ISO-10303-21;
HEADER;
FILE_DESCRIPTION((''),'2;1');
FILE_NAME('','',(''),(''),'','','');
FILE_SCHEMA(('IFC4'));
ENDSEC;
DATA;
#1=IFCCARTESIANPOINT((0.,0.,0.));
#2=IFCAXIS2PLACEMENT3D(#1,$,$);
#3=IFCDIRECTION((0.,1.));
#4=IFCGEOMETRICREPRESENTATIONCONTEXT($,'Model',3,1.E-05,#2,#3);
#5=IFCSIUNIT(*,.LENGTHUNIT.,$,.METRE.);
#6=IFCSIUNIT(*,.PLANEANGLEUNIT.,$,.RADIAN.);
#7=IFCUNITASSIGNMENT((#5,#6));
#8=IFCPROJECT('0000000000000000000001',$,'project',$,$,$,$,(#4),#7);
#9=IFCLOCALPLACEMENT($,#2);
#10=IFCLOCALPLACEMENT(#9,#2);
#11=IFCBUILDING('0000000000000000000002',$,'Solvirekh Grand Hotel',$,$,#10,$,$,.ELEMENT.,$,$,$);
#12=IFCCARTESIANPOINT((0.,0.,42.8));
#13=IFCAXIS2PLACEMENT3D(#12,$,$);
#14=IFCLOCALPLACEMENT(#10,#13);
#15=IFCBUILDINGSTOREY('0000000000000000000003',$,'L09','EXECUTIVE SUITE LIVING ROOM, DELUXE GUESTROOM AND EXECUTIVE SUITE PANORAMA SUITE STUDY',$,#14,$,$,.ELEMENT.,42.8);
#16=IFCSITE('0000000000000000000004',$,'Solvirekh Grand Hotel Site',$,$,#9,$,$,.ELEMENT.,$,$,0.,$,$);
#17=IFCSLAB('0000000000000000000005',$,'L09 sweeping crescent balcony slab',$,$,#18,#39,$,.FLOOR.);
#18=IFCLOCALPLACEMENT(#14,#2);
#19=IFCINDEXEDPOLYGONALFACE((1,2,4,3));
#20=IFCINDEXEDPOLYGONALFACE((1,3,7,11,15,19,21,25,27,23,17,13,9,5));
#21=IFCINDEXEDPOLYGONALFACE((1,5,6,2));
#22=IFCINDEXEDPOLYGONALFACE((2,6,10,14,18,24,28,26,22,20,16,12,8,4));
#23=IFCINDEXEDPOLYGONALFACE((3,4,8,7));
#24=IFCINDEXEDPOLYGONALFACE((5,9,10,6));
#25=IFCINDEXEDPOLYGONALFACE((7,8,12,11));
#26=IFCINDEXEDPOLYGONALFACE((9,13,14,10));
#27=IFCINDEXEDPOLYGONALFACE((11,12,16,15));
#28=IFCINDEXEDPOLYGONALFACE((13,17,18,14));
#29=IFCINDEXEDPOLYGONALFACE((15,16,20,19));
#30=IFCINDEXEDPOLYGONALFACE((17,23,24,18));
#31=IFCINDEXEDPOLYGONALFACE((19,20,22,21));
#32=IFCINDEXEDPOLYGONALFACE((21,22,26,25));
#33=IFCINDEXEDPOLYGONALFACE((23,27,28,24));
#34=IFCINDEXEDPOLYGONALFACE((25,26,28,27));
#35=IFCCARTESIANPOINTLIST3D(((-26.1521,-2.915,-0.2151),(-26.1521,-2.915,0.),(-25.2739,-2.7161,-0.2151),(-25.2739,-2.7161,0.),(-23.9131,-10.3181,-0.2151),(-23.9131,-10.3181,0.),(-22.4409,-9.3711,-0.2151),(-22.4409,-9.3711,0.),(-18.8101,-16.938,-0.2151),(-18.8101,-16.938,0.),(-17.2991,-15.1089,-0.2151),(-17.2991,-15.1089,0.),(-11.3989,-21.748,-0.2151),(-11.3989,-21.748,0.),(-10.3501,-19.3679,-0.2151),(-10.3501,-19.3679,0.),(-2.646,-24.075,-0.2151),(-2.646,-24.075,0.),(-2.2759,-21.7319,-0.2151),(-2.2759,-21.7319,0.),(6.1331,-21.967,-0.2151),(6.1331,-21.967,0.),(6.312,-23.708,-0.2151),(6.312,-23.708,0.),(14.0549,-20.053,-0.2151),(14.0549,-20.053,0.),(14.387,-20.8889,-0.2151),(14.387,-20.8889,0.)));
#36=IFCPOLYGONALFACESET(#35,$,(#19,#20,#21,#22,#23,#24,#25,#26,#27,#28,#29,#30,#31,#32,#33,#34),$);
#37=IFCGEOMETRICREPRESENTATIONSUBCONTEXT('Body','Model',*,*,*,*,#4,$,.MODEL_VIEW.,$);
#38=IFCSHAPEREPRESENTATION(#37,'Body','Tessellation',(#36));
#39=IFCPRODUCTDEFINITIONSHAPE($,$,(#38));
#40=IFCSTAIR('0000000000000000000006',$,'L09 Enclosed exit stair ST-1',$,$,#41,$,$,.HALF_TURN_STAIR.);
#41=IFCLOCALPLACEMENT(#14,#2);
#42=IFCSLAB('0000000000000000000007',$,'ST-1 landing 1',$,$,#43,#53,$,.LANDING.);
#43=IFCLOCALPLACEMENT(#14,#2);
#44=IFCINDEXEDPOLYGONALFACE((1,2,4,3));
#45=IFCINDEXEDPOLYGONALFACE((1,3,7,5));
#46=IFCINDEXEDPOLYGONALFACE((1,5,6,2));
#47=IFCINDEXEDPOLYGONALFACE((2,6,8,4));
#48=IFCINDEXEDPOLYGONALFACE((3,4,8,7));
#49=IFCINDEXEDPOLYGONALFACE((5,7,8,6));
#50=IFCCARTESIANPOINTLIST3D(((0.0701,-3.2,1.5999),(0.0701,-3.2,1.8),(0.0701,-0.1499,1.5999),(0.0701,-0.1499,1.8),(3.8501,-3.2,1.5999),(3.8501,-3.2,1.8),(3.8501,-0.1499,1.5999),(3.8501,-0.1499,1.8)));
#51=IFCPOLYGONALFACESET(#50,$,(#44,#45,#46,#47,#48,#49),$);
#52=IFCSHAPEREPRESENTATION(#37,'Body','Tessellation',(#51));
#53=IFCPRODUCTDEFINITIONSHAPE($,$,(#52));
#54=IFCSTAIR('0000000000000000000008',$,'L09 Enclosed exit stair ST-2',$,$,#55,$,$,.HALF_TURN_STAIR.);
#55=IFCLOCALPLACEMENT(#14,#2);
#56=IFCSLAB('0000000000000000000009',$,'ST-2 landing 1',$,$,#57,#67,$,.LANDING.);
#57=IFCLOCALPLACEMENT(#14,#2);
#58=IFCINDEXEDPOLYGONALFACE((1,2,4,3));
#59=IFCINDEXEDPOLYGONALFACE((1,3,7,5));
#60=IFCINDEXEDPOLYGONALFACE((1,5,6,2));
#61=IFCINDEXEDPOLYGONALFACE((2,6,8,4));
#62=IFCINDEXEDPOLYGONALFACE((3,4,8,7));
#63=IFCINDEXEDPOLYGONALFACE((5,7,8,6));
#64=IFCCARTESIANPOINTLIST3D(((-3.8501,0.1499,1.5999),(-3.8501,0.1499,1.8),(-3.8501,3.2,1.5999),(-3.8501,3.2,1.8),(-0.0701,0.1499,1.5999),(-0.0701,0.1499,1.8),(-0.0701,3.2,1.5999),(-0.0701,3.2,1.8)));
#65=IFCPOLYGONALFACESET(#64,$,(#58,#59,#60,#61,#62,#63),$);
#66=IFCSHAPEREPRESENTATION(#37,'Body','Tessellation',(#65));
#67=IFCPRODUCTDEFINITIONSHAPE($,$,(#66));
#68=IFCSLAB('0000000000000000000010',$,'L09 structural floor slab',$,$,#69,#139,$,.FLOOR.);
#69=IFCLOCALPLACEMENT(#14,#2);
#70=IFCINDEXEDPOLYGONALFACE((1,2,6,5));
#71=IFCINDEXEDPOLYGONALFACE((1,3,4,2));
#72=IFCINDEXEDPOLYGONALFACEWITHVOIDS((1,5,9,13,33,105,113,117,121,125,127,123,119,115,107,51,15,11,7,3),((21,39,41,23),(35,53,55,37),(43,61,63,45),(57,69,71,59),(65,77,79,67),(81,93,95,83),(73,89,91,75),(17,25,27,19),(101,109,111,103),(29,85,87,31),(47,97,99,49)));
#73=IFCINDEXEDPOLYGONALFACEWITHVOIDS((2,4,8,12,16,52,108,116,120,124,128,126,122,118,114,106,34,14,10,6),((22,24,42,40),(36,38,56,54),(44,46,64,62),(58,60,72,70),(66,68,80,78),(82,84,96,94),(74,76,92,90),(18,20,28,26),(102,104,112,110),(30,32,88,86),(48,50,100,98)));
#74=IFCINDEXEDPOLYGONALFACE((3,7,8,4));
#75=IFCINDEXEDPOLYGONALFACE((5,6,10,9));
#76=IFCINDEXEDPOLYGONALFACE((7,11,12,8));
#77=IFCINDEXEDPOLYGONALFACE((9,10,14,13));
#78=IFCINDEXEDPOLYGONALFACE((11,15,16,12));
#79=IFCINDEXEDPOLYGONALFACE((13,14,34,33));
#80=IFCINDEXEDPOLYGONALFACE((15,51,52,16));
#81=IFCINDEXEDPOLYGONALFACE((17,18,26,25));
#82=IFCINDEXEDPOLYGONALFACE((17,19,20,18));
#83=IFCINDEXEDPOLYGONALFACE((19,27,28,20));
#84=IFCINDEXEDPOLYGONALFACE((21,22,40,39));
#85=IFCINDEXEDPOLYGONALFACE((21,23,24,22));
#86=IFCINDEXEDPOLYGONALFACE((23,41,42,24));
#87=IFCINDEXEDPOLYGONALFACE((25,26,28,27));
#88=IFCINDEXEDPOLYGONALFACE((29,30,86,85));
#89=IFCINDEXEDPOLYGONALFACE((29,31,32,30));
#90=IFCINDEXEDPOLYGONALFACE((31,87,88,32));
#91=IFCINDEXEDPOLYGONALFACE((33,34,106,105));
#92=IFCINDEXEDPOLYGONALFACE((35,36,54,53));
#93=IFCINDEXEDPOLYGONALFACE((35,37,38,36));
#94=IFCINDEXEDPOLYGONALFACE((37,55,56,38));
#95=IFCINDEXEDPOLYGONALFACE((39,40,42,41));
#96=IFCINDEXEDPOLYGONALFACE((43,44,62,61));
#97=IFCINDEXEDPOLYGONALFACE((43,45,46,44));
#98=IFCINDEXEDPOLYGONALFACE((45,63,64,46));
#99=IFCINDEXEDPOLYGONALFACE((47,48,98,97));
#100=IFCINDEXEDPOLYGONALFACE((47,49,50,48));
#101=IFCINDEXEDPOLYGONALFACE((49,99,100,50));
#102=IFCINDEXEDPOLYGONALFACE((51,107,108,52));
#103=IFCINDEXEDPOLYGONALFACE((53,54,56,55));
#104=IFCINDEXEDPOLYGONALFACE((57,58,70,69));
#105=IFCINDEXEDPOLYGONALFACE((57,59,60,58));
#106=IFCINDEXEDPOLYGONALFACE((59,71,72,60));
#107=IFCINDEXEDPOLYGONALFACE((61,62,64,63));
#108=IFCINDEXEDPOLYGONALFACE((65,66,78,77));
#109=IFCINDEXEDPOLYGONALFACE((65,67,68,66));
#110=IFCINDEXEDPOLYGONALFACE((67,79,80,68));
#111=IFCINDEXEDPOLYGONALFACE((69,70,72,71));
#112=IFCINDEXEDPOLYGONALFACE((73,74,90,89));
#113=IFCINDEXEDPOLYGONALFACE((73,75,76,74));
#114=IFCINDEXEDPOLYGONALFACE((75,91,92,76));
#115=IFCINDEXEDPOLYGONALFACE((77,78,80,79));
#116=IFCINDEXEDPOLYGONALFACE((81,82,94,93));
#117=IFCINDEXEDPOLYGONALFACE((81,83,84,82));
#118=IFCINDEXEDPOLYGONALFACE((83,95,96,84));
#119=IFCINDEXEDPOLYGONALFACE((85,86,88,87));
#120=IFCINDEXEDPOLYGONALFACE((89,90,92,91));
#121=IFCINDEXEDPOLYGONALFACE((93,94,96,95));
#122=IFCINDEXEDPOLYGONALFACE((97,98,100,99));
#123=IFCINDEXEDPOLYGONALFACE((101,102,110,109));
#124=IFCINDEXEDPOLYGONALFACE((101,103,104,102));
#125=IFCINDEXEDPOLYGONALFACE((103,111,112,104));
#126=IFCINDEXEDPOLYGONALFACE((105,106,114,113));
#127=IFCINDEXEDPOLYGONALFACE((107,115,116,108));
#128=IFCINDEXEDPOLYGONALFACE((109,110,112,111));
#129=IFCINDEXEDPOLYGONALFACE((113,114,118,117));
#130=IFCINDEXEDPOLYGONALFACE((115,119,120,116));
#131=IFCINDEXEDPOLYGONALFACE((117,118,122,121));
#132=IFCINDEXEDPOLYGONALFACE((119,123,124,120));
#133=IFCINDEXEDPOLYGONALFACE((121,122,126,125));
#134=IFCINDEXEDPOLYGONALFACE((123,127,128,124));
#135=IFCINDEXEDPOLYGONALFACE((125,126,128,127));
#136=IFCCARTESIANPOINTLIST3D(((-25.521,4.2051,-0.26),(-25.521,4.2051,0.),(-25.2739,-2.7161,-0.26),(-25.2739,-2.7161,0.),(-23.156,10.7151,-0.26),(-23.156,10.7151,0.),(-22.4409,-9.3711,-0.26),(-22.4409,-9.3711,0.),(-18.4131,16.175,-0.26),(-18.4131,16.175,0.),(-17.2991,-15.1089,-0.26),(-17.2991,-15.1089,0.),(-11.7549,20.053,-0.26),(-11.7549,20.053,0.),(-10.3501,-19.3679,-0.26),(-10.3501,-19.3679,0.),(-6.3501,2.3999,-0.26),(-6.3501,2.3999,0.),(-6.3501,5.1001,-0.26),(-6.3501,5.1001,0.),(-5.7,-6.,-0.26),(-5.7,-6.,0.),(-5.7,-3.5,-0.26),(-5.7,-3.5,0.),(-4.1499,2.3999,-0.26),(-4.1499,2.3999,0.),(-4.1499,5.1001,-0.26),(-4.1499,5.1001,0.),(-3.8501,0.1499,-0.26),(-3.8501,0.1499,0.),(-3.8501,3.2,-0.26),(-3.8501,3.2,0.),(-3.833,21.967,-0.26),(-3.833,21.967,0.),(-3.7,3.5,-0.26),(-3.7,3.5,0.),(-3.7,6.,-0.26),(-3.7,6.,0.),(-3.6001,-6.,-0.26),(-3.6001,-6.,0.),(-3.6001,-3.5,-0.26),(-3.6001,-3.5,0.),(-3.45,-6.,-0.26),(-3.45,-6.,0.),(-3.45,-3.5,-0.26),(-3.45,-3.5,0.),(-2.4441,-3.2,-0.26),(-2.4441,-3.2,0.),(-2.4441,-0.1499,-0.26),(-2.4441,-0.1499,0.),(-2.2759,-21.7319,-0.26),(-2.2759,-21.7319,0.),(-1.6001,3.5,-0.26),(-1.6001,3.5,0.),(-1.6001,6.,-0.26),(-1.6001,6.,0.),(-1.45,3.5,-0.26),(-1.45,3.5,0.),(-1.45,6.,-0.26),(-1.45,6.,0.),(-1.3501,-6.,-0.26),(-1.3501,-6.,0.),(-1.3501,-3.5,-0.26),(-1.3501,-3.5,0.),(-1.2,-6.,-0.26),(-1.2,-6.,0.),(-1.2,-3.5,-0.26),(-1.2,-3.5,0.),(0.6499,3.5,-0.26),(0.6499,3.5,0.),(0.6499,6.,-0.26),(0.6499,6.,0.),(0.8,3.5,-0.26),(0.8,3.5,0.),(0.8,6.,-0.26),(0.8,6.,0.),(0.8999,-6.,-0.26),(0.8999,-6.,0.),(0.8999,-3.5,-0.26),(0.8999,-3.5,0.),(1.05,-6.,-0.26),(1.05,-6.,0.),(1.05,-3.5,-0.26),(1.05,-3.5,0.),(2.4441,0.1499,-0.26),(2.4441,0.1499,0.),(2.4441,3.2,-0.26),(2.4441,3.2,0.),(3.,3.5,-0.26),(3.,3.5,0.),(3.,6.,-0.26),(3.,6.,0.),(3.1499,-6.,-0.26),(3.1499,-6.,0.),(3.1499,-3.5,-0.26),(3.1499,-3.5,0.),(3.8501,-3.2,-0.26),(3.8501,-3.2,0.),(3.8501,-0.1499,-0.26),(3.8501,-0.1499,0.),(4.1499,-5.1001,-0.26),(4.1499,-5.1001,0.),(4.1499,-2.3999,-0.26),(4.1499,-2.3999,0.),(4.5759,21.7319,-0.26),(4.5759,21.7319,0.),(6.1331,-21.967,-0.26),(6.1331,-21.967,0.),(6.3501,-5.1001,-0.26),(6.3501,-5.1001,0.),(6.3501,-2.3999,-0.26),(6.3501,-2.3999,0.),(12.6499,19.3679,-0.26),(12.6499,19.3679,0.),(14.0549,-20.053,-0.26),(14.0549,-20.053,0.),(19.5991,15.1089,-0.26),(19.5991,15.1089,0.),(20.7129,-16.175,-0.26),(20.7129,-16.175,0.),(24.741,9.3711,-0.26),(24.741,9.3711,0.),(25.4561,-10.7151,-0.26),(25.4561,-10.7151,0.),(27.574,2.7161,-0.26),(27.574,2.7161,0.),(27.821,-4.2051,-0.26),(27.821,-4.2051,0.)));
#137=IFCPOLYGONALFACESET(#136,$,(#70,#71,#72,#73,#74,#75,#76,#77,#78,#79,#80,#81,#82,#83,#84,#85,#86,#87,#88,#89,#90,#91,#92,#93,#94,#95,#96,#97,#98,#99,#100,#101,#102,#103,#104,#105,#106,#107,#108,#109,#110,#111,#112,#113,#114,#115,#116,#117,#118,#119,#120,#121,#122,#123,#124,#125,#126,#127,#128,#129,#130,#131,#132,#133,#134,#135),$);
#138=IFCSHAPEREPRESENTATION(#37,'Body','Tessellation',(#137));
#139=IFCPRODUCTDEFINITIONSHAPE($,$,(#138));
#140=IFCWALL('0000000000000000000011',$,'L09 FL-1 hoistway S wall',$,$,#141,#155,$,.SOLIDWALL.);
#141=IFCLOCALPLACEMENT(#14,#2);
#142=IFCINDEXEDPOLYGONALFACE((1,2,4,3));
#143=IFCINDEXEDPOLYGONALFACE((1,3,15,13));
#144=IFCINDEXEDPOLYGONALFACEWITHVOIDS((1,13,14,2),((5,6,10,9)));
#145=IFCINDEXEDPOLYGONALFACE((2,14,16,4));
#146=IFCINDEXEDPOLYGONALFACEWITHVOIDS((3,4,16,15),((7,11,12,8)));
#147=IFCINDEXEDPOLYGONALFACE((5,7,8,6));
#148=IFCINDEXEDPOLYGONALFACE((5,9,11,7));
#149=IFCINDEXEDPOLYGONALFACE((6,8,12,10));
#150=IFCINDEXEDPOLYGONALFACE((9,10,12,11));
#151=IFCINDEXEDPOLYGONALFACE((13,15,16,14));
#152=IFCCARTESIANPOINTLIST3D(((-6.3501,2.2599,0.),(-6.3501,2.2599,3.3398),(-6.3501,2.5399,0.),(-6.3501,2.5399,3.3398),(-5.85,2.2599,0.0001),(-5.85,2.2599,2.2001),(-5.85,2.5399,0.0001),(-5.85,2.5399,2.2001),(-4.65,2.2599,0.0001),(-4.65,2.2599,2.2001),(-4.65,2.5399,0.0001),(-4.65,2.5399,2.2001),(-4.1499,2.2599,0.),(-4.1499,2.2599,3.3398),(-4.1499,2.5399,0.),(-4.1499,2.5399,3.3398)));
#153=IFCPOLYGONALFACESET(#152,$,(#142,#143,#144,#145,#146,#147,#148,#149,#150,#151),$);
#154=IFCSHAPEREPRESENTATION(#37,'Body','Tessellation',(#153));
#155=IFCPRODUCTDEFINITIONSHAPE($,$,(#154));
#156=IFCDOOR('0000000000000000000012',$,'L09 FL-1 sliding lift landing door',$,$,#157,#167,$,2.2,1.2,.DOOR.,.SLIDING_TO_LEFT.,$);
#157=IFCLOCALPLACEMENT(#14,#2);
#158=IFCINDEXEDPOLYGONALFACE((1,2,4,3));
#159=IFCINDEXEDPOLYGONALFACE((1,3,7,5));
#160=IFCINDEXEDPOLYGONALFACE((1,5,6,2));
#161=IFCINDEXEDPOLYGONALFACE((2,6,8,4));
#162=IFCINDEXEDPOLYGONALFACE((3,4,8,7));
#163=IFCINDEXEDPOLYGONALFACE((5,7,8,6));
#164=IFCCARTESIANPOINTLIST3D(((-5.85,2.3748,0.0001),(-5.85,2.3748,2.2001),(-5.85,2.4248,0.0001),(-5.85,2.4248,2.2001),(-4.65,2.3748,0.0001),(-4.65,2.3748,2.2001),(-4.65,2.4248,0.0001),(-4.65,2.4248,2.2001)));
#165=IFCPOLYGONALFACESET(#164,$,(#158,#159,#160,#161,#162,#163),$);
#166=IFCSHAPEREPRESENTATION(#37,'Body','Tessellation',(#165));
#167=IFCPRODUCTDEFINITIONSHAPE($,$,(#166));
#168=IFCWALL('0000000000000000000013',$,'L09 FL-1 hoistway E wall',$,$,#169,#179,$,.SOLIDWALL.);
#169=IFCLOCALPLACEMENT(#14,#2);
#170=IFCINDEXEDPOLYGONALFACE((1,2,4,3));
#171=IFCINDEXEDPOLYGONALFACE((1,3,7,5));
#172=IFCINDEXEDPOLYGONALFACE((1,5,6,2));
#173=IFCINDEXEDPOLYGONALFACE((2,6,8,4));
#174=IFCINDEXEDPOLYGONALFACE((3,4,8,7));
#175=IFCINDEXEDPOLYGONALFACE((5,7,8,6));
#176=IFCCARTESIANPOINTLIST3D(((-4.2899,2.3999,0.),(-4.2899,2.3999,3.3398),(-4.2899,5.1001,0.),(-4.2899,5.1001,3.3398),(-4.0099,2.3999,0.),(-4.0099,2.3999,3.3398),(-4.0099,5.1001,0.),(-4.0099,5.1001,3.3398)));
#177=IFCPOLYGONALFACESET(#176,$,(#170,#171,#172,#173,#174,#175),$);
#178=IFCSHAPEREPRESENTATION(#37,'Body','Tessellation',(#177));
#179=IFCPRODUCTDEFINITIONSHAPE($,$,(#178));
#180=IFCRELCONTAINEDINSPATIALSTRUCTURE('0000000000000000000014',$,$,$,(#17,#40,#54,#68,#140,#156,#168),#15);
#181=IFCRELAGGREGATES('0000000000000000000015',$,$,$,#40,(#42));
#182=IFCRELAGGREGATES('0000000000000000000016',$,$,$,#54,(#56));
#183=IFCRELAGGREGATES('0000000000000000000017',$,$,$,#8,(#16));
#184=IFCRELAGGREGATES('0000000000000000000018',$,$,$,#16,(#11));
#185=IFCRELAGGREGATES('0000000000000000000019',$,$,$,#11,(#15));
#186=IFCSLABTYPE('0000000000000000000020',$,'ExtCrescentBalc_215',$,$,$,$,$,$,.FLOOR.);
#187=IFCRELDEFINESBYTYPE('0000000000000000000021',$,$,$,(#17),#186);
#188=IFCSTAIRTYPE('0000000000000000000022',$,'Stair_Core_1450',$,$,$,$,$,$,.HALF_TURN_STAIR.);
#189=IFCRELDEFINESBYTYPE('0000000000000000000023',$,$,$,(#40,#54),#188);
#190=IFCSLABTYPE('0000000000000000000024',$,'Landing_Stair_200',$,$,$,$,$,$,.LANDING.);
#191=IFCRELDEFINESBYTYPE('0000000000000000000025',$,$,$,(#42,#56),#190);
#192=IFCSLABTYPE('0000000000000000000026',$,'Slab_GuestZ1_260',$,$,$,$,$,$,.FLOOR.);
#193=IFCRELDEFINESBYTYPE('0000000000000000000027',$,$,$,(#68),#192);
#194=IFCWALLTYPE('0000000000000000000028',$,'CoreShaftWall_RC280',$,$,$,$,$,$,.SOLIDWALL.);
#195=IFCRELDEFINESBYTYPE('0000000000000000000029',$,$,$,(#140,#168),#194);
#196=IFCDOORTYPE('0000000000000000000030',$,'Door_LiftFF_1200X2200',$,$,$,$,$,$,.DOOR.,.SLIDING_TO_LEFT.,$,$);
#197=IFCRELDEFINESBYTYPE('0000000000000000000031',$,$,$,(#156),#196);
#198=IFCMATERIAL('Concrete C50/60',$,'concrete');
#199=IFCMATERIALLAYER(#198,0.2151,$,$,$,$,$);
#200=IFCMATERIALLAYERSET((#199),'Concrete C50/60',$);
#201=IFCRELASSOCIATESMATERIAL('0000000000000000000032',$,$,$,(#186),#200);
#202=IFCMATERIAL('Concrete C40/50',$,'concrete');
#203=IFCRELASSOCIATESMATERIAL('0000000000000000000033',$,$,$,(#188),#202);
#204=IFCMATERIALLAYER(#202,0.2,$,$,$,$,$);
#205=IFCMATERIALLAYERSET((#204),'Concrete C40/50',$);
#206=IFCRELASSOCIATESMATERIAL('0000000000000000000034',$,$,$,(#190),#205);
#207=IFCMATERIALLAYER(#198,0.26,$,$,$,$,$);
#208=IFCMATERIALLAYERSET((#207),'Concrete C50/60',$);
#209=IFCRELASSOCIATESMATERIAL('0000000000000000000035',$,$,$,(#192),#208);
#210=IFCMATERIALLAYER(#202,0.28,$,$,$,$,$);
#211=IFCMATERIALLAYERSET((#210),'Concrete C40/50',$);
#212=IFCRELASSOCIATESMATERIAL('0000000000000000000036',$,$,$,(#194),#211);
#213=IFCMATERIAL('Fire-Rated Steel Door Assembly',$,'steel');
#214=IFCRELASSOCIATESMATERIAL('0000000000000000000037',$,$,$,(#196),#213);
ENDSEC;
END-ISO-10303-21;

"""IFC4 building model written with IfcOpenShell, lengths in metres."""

from ifc_helpers import new_model, si_unit, direction, frame, frame_2d, origin, place, context, subcontext, project, spatial, polyline, rectangle, outline, extrude, material, layer, layer_set, type_object, element, fill, aggregate, save


model = new_model("IFC4")

# Units and contexts
model_context = context("Model", 3, precision=1e-05, world=origin(), true_north=direction((0.0, 1.0)))
body_context = subcontext(model_context, "Body", "Model", "MODEL_VIEW")
ifc_project = project(units=[si_unit("LENGTHUNIT", "METRE"), si_unit("PLANEANGLEUNIT", "RADIAN")], contexts=[model_context])

# Site, building, storey
site_placement = place(None, origin())
site = spatial("IfcSite", under=ifc_project, at=site_placement, Name="Solvirekh Grand Hotel Site", CompositionType="ELEMENT", RefElevation=0.0)
building_placement = place(site_placement, origin())
building = spatial("IfcBuilding", under=site, at=building_placement, Name="Solvirekh Grand Hotel", CompositionType="ELEMENT")
storey_placement = place(building_placement, frame((0.0, 0.0, 42.8)))
storey = spatial("IfcBuildingStorey", under=building, at=storey_placement, Name="L09", Description="EXECUTIVE SUITE LIVING ROOM, DELUXE GUESTROOM AND EXECUTIVE SUITE PANORAMA SUITE STUDY", CompositionType="ELEMENT", Elevation=42.8)

# Slab
ifc_material_1 = material(Name="Concrete C50/60", Category="concrete")
ifc_layer_1 = layer(ifc_material_1, 0.2151)
ifc_layer_set_1 = layer_set([ifc_layer_1], Name="Concrete C50/60")
slab_type_1 = type_object("IfcSlabType", Name="ExtCrescentBalc_215", PredefinedType="FLOOR", material=ifc_layer_set_1)
slab_1_placement = place(storey_placement, frame((0.0, 0.0, -0.2151)))
element("IfcSlab", 1, at=slab_1_placement, inside=storey, type_object=slab_type_1, Name="L09 sweeping crescent balcony slab", PredefinedType="FLOOR", context=body_context, shape_type="SweptSolid", body=[
    extrude(outline(polyline([(-26.1521, -2.915), (-23.9131, -10.3181), (-18.8101, -16.938), (-11.3989, -21.748), (-2.646, -24.075), (6.312, -23.708), (14.387, -20.8889), (14.0549, -20.053), (6.1331, -21.967), (-2.2759, -21.7319), (-10.3501, -19.3679), (-17.2991, -15.1089), (-22.4409, -9.3711), (-25.2739, -2.7161), (-26.1521, -2.915)])), origin(), (0.0, 0.0, 1.0), 0.2151),
])

# Stairs, slabs
ifc_material_2 = material(Name="Concrete C40/50", Category="concrete")
stair_type = type_object("IfcStairType", Name="Stair_Core_1450", PredefinedType="HALF_TURN_STAIR", material=ifc_material_2)
stair_1_placement = place(storey_placement, origin())
stair_1 = element("IfcStair", 2, at=stair_1_placement, inside=storey, type_object=stair_type, Name="L09 Enclosed exit stair ST-1", PredefinedType="HALF_TURN_STAIR")
ifc_layer_2 = layer(ifc_material_2, 0.2)
ifc_layer_set_2 = layer_set([ifc_layer_2], Name="Concrete C40/50")
slab_type_2 = type_object("IfcSlabType", Name="Landing_Stair_200", PredefinedType="LANDING", material=ifc_layer_set_2)
slab_2_placement = place(storey_placement, frame((0.0, 0.0, 1.5999)))
slab_2 = element("IfcSlab", 3, at=slab_2_placement, type_object=slab_type_2, Name="ST-1 landing 1", PredefinedType="LANDING", context=body_context, shape_type="SweptSolid", body=[
    extrude(outline(polyline([(0.0701, -3.2), (3.8501, -3.2), (3.8501, -0.1499), (0.0701, -0.1499), (0.0701, -3.2)])), origin(), (0.0, 0.0, 1.0), 0.2002),
])
aggregate(stair_1, [slab_2])
stair_2_placement = place(storey_placement, origin())
stair_2 = element("IfcStair", 4, at=stair_2_placement, inside=storey, type_object=stair_type, Name="L09 Enclosed exit stair ST-2", PredefinedType="HALF_TURN_STAIR")
slab_3_placement = place(storey_placement, frame((0.0, 0.0, 1.5999)))
slab_3 = element("IfcSlab", 5, at=slab_3_placement, type_object=slab_type_2, Name="ST-2 landing 1", PredefinedType="LANDING", context=body_context, shape_type="SweptSolid", body=[
    extrude(outline(polyline([(-0.0701, 3.2), (-3.8501, 3.2), (-3.8501, 0.1499), (-0.0701, 0.1499), (-0.0701, 3.2)])), origin(), (0.0, 0.0, 1.0), 0.2002),
])

# Slab
ifc_layer_3 = layer(ifc_material_1, 0.26)
ifc_layer_set_3 = layer_set([ifc_layer_3], Name="Concrete C50/60")
slab_type_3 = type_object("IfcSlabType", Name="Slab_GuestZ1_260", PredefinedType="FLOOR", material=ifc_layer_set_3)
slab_4_placement = place(storey_placement, frame((0.0, 0.0, -0.26)))
element("IfcSlab", 6, at=slab_4_placement, inside=storey, type_object=slab_type_3, Name="L09 structural floor slab", PredefinedType="FLOOR", context=body_context, shape_type="SweptSolid", body=[
    extrude(outline(polyline([(27.821, -4.2051), (27.574, 2.7161), (24.741, 9.3711), (19.5991, 15.1089), (12.6499, 19.3679), (4.5759, 21.7319), (-3.833, 21.967), (-11.7549, 20.053), (-18.4131, 16.175), (-23.156, 10.7151), (-25.521, 4.2051), (-25.2739, -2.7161), (-22.4409, -9.3711), (-17.2991, -15.1089), (-10.3501, -19.3679), (-2.2759, -21.7319), (6.1331, -21.967), (14.0549, -20.053), (20.7129, -16.175), (25.4561, -10.7151), (27.821, -4.2051)]), holes=[polyline([(-2.4441, -0.1499), (3.8501, -0.1499), (3.8501, -3.2), (-2.4441, -3.2), (-2.4441, -0.1499)]), polyline([(2.4441, 0.1499), (-3.8501, 0.1499), (-3.8501, 3.2), (2.4441, 3.2), (2.4441, 0.1499)]), polyline([(-5.7, -3.5), (-3.6001, -3.5), (-3.6001, -6.0), (-5.7, -6.0), (-5.7, -3.5)]), polyline([(-3.45, -3.5), (-1.3501, -3.5), (-1.3501, -6.0), (-3.45, -6.0), (-3.45, -3.5)]), polyline([(-1.2, -3.5), (0.8999, -3.5), (0.8999, -6.0), (-1.2, -6.0), (-1.2, -3.5)]), polyline([(1.05, -3.5), (3.1499, -3.5), (3.1499, -6.0), (1.05, -6.0), (1.05, -3.5)]), polyline([(-3.7, 6.0), (-1.6001, 6.0), (-1.6001, 3.5), (-3.7, 3.5), (-3.7, 6.0)]), polyline([(-1.45, 6.0), (0.6499, 6.0), (0.6499, 3.5), (-1.45, 3.5), (-1.45, 6.0)]), polyline([(0.8, 6.0), (3.0, 6.0), (3.0, 3.5), (0.8, 3.5), (0.8, 6.0)]), polyline([(-6.3501, 5.1001), (-4.1499, 5.1001), (-4.1499, 2.3999), (-6.3501, 2.3999), (-6.3501, 5.1001)]), polyline([(4.1499, -2.3999), (6.3501, -2.3999), (6.3501, -5.1001), (4.1499, -5.1001), (4.1499, -2.3999)])]), origin(), (0.0, 0.0, 1.0), 0.26),
])

# Wall, opening, door
ifc_layer_4 = layer(ifc_material_2, 0.28)
ifc_layer_set_4 = layer_set([ifc_layer_4], Name="Concrete C40/50")
wall_type_1 = type_object("IfcWallType", Name="CoreShaftWall_RC280", PredefinedType="SOLIDWALL", material=ifc_layer_set_4)
wall_1_placement = place(storey_placement, frame((-6.3501, 2.3999, 0.0), z_axis=(0.0, 0.0, 1.0), x_axis=(1.0, 0.0, 0.0)))
wall_1 = element("IfcWall", 7, at=wall_1_placement, inside=storey, type_object=wall_type_1, Name="L09 FL-1 hoistway S wall", PredefinedType="SOLIDWALL", context=body_context, shape_type="SweptSolid", body=[
    extrude(rectangle(XDim=2.2002, YDim=0.28, at=frame_2d((1.1001, 0.0))), origin(), (0.0, 0.0, 1.0), 3.3398),
])
opening_placement = place(wall_1_placement, frame((0.5, 0.0, 0.0)))
opening = element("IfcOpeningElement", 8, at=opening_placement, cuts=wall_1, PredefinedType="OPENING", context=body_context, shape_type="SweptSolid", body=[
    extrude(rectangle(XDim=1.2, YDim=2.2, at=frame_2d((0.6001, 1.1001))), frame((0.0, 0.1499, 0.0), z_axis=(0.0, -1.0, 0.0), x_axis=(1.0, 0.0, 0.0)), (0.0, 0.0, 1.0), 0.3),
])
ifc_material_3 = material(Name="Fire-Rated Steel Door Assembly", Category="steel")
door_type = type_object("IfcDoorType", Name="Door_LiftFF_1200X2200", OperationType="SLIDING_TO_LEFT", PredefinedType="DOOR", material=ifc_material_3)
door_placement = place(opening_placement, origin())
door = element("IfcDoor", 9, at=door_placement, inside=storey, type_object=door_type, Name="L09 FL-1 sliding lift landing door", OperationType="SLIDING_TO_LEFT", OverallHeight=2.2, OverallWidth=1.2, PredefinedType="DOOR", context=body_context, shape_type="SweptSolid", body=[
    extrude(rectangle(XDim=1.2, YDim=2.2, at=frame_2d((0.6001, 1.1001))), frame((0.0, 0.0249, 0.0), z_axis=(0.0, -1.0, 0.0), x_axis=(1.0, 0.0, 0.0)), (0.0, 0.0, 1.0), 0.05),
])
fill(opening, door)

# Wall
wall_2_placement = place(storey_placement, frame((-4.1499, 2.3999, 0.0), z_axis=(0.0, 0.0, 1.0), x_axis=(0.0, 1.0, 0.0)))
element("IfcWall", 10, at=wall_2_placement, inside=storey, type_object=wall_type_1, Name="L09 FL-1 hoistway E wall", PredefinedType="SOLIDWALL", context=body_context, shape_type="SweptSolid", body=[
    extrude(rectangle(XDim=2.7002, YDim=0.28, at=frame_2d((1.3501, 0.0))), origin(), (0.0, 0.0, 1.0), 3.3398),
])

aggregate(stair_2, [slab_3])

save(model, "model.ifc")
